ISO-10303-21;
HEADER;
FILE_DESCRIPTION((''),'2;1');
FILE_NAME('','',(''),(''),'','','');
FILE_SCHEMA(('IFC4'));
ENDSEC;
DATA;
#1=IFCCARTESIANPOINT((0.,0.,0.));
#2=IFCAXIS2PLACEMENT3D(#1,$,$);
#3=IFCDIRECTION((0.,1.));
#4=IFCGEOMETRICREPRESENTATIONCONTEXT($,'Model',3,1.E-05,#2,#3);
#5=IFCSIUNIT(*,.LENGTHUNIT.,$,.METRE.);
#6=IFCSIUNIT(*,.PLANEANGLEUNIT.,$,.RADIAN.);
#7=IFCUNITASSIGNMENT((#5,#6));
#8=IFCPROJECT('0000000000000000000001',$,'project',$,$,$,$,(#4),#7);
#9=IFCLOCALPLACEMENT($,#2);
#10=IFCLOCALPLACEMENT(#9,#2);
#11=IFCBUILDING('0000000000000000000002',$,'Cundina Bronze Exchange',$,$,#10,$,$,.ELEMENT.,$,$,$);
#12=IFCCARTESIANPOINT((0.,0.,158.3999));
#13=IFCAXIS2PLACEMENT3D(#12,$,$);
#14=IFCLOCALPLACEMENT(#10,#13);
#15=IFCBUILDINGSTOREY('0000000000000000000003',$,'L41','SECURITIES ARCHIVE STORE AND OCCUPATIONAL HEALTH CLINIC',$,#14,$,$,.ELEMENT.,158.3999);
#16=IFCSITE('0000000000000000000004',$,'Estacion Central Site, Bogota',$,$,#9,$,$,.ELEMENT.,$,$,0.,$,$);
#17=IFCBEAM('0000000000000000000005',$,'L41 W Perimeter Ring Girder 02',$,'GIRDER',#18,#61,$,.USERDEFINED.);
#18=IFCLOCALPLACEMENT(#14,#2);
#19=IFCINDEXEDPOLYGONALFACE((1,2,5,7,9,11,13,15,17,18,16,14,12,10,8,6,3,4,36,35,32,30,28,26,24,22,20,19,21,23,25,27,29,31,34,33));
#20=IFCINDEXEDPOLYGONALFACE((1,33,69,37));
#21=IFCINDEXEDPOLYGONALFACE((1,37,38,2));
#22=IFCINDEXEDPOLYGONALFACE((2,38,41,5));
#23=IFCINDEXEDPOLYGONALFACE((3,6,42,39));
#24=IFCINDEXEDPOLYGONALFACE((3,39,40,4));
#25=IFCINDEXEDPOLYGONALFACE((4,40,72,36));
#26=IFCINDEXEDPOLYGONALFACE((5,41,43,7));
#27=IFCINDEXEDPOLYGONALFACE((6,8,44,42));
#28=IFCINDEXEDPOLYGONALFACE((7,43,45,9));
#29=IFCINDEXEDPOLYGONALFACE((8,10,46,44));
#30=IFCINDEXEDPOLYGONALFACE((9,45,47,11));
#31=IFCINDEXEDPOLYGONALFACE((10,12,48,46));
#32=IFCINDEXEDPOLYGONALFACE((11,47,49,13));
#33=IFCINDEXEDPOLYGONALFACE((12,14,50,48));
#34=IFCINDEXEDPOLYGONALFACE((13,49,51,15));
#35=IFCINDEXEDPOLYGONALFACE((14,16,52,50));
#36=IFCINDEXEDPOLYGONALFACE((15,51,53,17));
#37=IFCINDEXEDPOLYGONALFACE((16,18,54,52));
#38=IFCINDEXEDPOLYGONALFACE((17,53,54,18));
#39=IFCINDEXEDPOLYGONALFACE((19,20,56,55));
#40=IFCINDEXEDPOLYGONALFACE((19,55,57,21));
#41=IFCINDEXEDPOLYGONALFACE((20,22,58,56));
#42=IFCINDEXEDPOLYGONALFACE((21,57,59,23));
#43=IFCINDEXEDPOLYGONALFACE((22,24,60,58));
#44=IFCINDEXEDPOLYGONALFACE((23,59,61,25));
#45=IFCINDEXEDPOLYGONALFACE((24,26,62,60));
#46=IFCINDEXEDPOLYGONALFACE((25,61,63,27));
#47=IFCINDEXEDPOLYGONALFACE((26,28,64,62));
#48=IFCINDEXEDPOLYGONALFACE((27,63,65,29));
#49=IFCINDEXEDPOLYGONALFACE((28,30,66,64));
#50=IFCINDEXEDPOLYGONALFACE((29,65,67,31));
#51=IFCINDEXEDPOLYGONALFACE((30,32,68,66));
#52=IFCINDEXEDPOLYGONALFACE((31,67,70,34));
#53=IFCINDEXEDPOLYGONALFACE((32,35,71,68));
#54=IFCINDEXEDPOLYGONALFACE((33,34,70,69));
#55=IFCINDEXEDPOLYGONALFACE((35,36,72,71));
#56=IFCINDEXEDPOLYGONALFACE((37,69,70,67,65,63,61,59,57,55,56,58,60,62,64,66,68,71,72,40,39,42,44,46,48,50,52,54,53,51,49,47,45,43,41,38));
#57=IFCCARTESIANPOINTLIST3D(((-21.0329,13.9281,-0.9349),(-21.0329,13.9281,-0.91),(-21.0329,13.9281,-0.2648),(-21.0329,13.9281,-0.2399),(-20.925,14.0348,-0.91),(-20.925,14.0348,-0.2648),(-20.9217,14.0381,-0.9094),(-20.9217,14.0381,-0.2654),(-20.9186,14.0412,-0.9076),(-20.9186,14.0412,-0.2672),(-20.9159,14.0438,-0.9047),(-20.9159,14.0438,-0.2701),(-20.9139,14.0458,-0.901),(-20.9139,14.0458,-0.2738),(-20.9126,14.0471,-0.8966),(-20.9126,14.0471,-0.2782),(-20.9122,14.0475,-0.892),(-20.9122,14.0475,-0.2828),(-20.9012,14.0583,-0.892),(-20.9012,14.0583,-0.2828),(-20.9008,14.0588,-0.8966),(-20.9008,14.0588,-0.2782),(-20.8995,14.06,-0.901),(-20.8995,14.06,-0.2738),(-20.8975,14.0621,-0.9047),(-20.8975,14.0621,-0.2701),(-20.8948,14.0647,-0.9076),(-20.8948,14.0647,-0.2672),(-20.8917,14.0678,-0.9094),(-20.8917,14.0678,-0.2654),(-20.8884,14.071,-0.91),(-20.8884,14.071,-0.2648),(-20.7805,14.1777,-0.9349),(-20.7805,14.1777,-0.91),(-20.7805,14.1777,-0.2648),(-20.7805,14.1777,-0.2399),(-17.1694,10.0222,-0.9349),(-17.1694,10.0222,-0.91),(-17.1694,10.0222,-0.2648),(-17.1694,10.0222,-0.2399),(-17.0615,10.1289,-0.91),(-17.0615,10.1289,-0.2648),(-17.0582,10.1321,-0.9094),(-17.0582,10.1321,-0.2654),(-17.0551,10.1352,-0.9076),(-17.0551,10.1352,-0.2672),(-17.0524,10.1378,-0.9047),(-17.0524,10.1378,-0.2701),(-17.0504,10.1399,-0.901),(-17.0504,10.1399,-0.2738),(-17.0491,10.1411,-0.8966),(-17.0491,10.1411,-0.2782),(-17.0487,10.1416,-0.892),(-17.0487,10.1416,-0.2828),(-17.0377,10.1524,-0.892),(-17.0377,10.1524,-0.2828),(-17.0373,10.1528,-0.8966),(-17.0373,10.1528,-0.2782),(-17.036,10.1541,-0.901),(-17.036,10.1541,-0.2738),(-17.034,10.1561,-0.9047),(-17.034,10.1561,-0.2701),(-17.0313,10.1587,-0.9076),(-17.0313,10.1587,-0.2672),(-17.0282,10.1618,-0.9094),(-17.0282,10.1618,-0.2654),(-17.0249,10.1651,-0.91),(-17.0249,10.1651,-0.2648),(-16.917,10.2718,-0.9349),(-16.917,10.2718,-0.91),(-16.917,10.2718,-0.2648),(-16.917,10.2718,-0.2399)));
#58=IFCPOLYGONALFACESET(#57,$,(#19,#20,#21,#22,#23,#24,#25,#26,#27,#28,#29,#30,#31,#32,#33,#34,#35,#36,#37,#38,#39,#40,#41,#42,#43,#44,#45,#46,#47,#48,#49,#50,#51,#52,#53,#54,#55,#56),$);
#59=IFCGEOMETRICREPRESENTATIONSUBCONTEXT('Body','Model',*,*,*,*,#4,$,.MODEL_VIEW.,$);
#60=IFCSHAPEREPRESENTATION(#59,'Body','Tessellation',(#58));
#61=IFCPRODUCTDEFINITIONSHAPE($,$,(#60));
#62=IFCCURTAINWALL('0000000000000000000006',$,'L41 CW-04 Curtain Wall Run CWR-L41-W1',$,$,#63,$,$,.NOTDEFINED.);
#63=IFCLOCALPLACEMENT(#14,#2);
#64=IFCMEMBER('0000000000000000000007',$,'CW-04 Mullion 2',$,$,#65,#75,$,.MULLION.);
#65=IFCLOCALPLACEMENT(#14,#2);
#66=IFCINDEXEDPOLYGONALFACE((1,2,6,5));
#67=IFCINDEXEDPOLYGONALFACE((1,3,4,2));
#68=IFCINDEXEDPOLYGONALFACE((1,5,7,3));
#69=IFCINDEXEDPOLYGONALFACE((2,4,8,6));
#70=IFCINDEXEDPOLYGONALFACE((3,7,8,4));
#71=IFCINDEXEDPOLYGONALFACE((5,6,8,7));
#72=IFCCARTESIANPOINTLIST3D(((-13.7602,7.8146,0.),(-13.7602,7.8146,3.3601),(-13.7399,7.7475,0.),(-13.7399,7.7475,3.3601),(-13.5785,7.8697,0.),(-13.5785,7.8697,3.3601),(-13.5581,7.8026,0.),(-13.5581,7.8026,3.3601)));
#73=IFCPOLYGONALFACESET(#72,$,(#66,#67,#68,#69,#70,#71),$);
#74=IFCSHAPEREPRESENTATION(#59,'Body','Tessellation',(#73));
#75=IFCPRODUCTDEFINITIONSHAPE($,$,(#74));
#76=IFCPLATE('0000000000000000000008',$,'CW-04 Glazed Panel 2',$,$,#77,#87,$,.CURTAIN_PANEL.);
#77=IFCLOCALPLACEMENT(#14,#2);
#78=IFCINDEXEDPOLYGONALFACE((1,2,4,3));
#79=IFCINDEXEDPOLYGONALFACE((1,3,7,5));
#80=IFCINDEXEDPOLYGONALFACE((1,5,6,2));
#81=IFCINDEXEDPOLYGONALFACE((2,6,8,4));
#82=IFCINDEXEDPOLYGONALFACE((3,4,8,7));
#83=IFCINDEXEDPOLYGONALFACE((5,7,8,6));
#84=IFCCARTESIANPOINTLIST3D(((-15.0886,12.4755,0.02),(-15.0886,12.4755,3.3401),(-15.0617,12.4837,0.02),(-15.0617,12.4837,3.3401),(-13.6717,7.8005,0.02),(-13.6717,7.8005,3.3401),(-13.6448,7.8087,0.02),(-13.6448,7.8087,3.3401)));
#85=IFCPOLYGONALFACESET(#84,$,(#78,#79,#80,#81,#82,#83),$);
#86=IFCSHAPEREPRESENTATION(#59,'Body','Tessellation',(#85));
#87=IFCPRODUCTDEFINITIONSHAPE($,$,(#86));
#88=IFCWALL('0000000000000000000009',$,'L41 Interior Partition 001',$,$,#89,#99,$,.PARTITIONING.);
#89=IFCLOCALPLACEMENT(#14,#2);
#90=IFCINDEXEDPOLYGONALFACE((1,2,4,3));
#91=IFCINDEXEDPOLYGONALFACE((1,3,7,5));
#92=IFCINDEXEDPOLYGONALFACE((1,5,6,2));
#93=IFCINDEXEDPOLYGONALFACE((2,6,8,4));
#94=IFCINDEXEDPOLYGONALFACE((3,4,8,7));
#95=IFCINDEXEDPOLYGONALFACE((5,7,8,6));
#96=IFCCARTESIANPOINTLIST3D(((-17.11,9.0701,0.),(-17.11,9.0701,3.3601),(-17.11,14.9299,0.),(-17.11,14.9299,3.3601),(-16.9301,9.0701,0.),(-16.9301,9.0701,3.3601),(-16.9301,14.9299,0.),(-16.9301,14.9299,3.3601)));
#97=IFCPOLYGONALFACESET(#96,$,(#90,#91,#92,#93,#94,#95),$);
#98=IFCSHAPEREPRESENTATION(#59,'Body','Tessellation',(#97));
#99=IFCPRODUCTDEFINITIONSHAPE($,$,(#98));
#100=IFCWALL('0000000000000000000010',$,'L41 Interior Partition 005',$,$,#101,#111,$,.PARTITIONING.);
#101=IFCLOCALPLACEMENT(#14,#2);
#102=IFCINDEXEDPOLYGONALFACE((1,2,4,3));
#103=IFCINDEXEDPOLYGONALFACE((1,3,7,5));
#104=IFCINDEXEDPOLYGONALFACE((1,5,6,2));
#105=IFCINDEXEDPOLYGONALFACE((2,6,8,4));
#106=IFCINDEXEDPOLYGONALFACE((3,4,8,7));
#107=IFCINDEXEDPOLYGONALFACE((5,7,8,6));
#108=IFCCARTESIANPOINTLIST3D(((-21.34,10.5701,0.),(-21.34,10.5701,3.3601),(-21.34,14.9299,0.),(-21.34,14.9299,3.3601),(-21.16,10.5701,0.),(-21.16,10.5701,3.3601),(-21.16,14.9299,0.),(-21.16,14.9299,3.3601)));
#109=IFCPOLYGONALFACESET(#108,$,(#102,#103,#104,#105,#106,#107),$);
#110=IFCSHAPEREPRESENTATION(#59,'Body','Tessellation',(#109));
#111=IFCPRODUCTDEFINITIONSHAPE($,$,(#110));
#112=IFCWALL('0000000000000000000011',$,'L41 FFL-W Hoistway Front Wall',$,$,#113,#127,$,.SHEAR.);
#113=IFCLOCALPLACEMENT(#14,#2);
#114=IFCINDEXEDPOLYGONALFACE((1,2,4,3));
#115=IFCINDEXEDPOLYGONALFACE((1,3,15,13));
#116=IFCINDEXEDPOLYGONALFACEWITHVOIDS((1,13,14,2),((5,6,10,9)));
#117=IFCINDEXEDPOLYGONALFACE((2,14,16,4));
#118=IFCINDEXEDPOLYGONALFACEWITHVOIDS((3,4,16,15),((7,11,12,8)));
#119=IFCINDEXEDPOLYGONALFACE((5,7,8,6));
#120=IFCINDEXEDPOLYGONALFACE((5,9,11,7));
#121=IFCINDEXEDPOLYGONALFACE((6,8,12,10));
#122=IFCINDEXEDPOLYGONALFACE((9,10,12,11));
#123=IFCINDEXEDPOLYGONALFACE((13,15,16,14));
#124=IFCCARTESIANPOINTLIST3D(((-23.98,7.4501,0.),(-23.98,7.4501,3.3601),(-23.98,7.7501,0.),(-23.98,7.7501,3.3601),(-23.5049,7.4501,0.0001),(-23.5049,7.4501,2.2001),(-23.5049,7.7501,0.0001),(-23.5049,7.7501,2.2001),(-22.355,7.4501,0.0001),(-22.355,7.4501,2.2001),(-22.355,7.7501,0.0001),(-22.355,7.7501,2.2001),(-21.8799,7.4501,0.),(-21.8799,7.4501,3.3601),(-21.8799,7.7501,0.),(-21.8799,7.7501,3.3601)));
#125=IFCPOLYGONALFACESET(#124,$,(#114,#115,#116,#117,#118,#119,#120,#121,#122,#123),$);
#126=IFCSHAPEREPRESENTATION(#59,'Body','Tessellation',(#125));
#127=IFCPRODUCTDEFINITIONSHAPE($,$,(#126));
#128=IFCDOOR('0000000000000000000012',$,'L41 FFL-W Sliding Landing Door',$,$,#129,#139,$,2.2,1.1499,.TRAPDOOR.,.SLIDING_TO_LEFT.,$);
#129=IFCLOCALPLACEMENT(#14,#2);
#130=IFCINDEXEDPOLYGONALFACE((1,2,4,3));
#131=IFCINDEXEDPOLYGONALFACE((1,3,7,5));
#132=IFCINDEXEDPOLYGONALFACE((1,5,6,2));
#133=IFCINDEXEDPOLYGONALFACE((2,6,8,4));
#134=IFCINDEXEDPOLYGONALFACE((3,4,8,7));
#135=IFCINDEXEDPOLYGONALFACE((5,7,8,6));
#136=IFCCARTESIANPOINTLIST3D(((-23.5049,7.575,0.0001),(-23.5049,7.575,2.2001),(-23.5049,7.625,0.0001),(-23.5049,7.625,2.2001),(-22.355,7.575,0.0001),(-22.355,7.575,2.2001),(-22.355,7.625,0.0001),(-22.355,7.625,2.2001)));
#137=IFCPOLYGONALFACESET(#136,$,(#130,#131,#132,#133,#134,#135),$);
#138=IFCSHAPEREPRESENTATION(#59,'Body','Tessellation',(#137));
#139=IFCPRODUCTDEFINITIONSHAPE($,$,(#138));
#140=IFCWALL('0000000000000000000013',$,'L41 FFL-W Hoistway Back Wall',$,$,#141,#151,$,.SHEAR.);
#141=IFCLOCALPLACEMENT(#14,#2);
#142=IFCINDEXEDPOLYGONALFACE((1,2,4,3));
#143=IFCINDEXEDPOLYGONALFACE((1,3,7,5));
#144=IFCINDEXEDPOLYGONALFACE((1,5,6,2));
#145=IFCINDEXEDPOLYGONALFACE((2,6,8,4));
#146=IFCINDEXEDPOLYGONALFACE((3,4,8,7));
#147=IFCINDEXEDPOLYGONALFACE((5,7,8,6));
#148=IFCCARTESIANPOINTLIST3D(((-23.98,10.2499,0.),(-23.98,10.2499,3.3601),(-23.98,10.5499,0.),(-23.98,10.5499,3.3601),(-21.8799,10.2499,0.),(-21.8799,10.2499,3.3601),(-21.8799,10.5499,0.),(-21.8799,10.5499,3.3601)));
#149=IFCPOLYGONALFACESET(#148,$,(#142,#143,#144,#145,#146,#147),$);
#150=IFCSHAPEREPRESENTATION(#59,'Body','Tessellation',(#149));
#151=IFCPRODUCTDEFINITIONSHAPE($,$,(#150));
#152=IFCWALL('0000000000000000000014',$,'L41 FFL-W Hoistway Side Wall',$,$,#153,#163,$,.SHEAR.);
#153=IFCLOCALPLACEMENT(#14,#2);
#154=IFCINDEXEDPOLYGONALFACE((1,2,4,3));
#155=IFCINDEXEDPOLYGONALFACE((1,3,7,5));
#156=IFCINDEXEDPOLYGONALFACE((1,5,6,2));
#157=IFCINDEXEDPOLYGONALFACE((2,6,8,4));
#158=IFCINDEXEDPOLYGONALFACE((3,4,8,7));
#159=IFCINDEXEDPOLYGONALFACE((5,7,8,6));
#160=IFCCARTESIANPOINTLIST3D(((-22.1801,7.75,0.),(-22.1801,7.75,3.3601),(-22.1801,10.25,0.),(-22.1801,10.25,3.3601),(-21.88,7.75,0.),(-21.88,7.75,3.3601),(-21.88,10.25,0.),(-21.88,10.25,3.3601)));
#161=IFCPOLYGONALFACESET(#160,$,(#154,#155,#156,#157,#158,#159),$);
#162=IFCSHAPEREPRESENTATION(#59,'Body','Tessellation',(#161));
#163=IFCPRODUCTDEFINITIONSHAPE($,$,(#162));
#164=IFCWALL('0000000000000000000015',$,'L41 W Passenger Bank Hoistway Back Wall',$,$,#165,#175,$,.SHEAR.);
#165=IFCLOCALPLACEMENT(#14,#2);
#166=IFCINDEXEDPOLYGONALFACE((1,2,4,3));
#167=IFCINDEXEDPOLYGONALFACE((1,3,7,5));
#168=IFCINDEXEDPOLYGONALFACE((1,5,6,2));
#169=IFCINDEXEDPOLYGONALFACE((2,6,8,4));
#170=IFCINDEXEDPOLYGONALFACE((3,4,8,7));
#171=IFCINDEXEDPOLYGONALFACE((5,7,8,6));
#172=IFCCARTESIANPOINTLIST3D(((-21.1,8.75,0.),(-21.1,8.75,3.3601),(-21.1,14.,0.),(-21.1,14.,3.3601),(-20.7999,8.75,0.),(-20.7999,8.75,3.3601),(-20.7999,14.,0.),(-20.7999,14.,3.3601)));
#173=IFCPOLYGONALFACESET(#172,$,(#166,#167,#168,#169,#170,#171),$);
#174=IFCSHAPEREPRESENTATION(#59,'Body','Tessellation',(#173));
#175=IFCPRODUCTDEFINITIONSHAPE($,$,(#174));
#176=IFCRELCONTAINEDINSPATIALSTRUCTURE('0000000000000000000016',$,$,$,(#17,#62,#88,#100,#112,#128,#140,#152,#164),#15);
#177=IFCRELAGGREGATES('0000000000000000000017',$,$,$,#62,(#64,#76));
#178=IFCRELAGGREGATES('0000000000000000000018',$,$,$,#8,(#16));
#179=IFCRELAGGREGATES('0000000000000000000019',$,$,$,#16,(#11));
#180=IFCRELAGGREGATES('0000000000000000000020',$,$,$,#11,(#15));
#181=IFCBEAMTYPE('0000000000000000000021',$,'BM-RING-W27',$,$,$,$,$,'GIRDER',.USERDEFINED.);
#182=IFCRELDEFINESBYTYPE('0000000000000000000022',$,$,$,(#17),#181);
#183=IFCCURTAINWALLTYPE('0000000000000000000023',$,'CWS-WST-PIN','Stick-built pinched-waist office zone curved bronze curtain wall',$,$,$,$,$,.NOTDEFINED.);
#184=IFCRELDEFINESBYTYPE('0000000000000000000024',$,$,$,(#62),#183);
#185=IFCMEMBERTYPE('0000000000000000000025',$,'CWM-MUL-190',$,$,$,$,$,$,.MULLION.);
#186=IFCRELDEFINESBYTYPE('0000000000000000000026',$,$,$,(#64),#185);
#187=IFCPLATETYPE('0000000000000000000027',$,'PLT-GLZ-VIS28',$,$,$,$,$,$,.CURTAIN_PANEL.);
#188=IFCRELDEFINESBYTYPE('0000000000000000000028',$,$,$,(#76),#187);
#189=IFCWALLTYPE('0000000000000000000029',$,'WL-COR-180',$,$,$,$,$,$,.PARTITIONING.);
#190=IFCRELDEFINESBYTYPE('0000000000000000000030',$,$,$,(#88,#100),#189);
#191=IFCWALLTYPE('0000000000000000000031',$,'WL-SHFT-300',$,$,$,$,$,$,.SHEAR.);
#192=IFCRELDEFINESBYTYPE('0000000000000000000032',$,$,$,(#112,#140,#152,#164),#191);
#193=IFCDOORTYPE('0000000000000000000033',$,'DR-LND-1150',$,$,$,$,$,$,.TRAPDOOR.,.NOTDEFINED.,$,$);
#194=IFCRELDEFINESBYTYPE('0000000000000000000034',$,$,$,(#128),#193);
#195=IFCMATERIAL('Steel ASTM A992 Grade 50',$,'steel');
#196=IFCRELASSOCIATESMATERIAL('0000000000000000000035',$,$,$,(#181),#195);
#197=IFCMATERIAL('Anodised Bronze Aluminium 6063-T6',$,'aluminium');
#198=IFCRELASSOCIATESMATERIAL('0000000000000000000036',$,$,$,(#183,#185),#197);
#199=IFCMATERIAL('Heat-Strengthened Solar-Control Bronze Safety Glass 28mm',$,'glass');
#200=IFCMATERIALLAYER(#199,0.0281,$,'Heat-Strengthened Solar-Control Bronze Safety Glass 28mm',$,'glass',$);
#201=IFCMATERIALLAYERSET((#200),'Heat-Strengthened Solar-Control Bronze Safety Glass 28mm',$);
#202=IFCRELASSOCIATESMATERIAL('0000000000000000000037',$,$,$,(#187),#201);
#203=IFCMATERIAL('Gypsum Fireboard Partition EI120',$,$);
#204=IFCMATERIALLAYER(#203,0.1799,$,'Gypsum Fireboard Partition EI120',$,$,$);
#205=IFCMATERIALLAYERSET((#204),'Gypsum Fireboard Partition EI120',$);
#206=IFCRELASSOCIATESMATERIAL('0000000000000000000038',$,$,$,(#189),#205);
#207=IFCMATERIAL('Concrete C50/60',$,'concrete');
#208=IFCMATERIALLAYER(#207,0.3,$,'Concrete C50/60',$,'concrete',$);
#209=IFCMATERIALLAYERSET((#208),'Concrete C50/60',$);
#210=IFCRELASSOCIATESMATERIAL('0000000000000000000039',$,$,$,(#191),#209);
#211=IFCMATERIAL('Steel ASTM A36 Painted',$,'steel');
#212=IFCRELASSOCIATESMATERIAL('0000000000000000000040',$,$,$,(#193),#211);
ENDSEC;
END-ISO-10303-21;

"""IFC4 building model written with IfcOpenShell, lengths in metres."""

from ifc_helpers import new_model, si_unit, direction, frame, frame_2d, origin, origin_2d, place, context, subcontext, project, spatial, rectangle, i_section, extrude, material, layer, layer_set, material_profile, profile_set, type_object, element, fill, aggregate, save


model = new_model("IFC4")

# Units and contexts
model_context = context("Model", 3, precision=1e-05, world=origin(), true_north=direction((0.0, 1.0)))
body_context = subcontext(model_context, "Body", "Model", "MODEL_VIEW")
ifc_project = project(units=[si_unit("LENGTHUNIT", "METRE"), si_unit("PLANEANGLEUNIT", "RADIAN")], contexts=[model_context])

# Site, building, storey
site_placement = place(None, origin())
site = spatial("IfcSite", under=ifc_project, at=site_placement, Name="Estacion Central Site, Bogota", CompositionType="ELEMENT", RefElevation=0.0)
building_placement = place(site_placement, origin())
building = spatial("IfcBuilding", under=site, at=building_placement, Name="Cundina Bronze Exchange", CompositionType="ELEMENT")
storey_placement = place(building_placement, frame((0.0, 0.0, 158.3999)))
storey = spatial("IfcBuildingStorey", under=building, at=storey_placement, Name="L41", Description="SECURITIES ARCHIVE STORE AND OCCUPATIONAL HEALTH CLINIC", CompositionType="ELEMENT", Elevation=158.3999)

# Shared definitions
ifc_material_1 = material(Name="Concrete C50/60", Category="concrete")

# Beam
ifc_material_2 = material(Name="Steel ASTM A992 Grade 50", Category="steel")
ifc_material_profile_1 = material_profile(ifc_material_2, i_section(OverallWidth=0.355, OverallDepth=0.6951, WebThickness=0.0154, FlangeThickness=0.0249, FilletRadius=0.0181, at=origin_2d()), Name="W27X146", Category="steel")
ifc_profile_set_1 = profile_set([ifc_material_profile_1], Name="Steel ASTM A992 Grade 50")
beam_type_1 = type_object("IfcBeamType", Name="BM-RING-W27", ElementType="GIRDER", PredefinedType="USERDEFINED", material=ifc_profile_set_1)
beam_1_placement = place(storey_placement, frame((-17.0432, 10.147, -0.5874), z_axis=(-0.70323, 0.710962, 0.0), x_axis=(-0.710962, -0.70323, 0.0)))
element("IfcBeam", 1, at=beam_1_placement, inside=storey, type_object=beam_type_1, Name="L41 W Perimeter Ring Girder 02", ObjectType="GIRDER", PredefinedType="USERDEFINED", context=body_context, shape_type="SweptSolid", body=[
    extrude(i_section(OverallWidth=0.355, OverallDepth=0.6951, WebThickness=0.0154, FlangeThickness=0.0249, FilletRadius=0.0181, at=origin_2d()), origin(), (0.0, 0.0, 1.0), 5.4939),
])

# Curtain wall, member, plate
ifc_material_3 = material(Name="Anodised Bronze Aluminium 6063-T6", Category="aluminium")
curtain_wall_type = type_object("IfcCurtainWallType", Name="CWS-WST-PIN", Description="Stick-built pinched-waist office zone curved bronze curtain wall", PredefinedType="NOTDEFINED", material=ifc_material_3)
curtain_wall_placement = place(storey_placement, origin())
curtain_wall = element("IfcCurtainWall", 2, at=curtain_wall_placement, inside=storey, type_object=curtain_wall_type, Name="L41 CW-04 Curtain Wall Run CWR-L41-W1", PredefinedType="NOTDEFINED")
ifc_material_profile_2 = material_profile(ifc_material_3, rectangle(XDim=0.0701, YDim=0.1899, at=origin_2d()), Name="AL70X190", Category="aluminium")
ifc_profile_set_2 = profile_set([ifc_material_profile_2], Name="Anodised Bronze Aluminium 6063-T6")
member_type = type_object("IfcMemberType", Name="CWM-MUL-190", PredefinedType="MULLION", material=ifc_profile_set_2)
member_placement = place(storey_placement, frame((-13.6592, 7.8086, 0.0), z_axis=(0.0, 0.0, 1.0), x_axis=(-0.290034, 0.957016, 0.0)))
member = element("IfcMember", 3, at=member_placement, type_object=member_type, Name="CW-04 Mullion 2", PredefinedType="MULLION", context=body_context, shape_type="SweptSolid", body=[
    extrude(rectangle(XDim=0.0701, YDim=0.1899, at=origin_2d()), origin(), (0.0, 0.0, 1.0), 3.3601),
])
ifc_material_4 = material(Name="Heat-Strengthened Solar-Control Bronze Safety Glass 28mm", Category="glass")
ifc_layer_1 = layer(ifc_material_4, 0.0281, Name="Heat-Strengthened Solar-Control Bronze Safety Glass 28mm", Category="glass")
ifc_layer_set_1 = layer_set([ifc_layer_1], Name="Heat-Strengthened Solar-Control Bronze Safety Glass 28mm")
plate_type = type_object("IfcPlateType", Name="PLT-GLZ-VIS28", PredefinedType="CURTAIN_PANEL", material=ifc_layer_set_1)
plate_placement = place(storey_placement, frame((-14.3667, 10.1421, 0.02), z_axis=(0.0, 0.0, 1.0), x_axis=(-0.290051, 0.957011, 0.0)))
plate = element("IfcPlate", 4, at=plate_placement, type_object=plate_type, Name="CW-04 Glazed Panel 2", PredefinedType="CURTAIN_PANEL", context=body_context, shape_type="SweptSolid", body=[
    extrude(rectangle(XDim=4.885, YDim=0.0281, at=origin_2d()), origin(), (0.0, 0.0, 1.0), 3.3201),
])
aggregate(curtain_wall, [member, plate])

# Walls
ifc_material_5 = material(Name="Gypsum Fireboard Partition EI120")
ifc_layer_2 = layer(ifc_material_5, 0.1799, Name="Gypsum Fireboard Partition EI120")
ifc_layer_set_2 = layer_set([ifc_layer_2], Name="Gypsum Fireboard Partition EI120")
wall_type_1 = type_object("IfcWallType", Name="WL-COR-180", PredefinedType="PARTITIONING", material=ifc_layer_set_2)
wall_1_placement = place(storey_placement, frame((-17.02, 9.0701, 0.0), z_axis=(0.0, 0.0, 1.0), x_axis=(0.0, 1.0, 0.0)))
element("IfcWall", 5, at=wall_1_placement, inside=storey, type_object=wall_type_1, Name="L41 Interior Partition 001", PredefinedType="PARTITIONING", context=body_context, shape_type="SweptSolid", body=[
    extrude(rectangle(XDim=5.8599, YDim=0.1799, at=frame_2d((2.9299, 0.0))), origin(), (0.0, 0.0, 1.0), 3.3601),
])
wall_2_placement = place(storey_placement, frame((-21.25, 10.5701, 0.0), z_axis=(0.0, 0.0, 1.0), x_axis=(0.0, 1.0, 0.0)))
element("IfcWall", 6, at=wall_2_placement, inside=storey, type_object=wall_type_1, Name="L41 Interior Partition 005", PredefinedType="PARTITIONING", context=body_context, shape_type="SweptSolid", body=[
    extrude(rectangle(XDim=4.3599, YDim=0.1799, at=frame_2d((2.1799, 0.0))), origin(), (0.0, 0.0, 1.0), 3.3601),
])

# Wall, opening, door
ifc_layer_3 = layer(ifc_material_1, 0.3, Name="Concrete C50/60", Category="concrete")
ifc_layer_set_3 = layer_set([ifc_layer_3], Name="Concrete C50/60")
wall_type_2 = type_object("IfcWallType", Name="WL-SHFT-300", PredefinedType="SHEAR", material=ifc_layer_set_3)
ifc_material_6 = material(Name="Steel ASTM A36 Painted", Category="steel")
wall_3_placement = place(storey_placement, frame((-23.98, 7.6001, 0.0), z_axis=(0.0, 0.0, 1.0), x_axis=(1.0, 0.0, 0.0)))
wall_3 = element("IfcWall", 7, at=wall_3_placement, inside=storey, type_object=wall_type_2, Name="L41 FFL-W Hoistway Front Wall", PredefinedType="SHEAR", context=body_context, shape_type="SweptSolid", body=[
    extrude(rectangle(XDim=2.1001, YDim=0.3, at=frame_2d((1.05, 0.0))), origin(), (0.0, 0.0, 1.0), 3.3601),
])
opening_1_placement = place(wall_3_placement, frame((0.4751, 0.0, 0.0)))
opening_1 = element("IfcOpeningElement", 8, at=opening_1_placement, cuts=wall_3, PredefinedType="OPENING", context=body_context, shape_type="SweptSolid", body=[
    extrude(rectangle(XDim=1.1499, YDim=2.2, at=frame_2d((0.575, 1.1001))), frame((0.0, 0.1599, 0.0), z_axis=(0.0, -1.0, 0.0), x_axis=(1.0, 0.0, 0.0)), (0.0, 0.0, 1.0), 0.3201),
])
door_type_1 = type_object("IfcDoorType", Name="DR-LND-1150", OperationType="NOTDEFINED", PredefinedType="TRAPDOOR", material=ifc_material_6)
door_1_placement = place(opening_1_placement, origin())
door_1 = element("IfcDoor", 9, at=door_1_placement, inside=storey, type_object=door_type_1, Name="L41 FFL-W Sliding Landing Door", OperationType="SLIDING_TO_LEFT", OverallHeight=2.2, OverallWidth=1.1499, PredefinedType="TRAPDOOR", context=body_context, shape_type="SweptSolid", body=[
    extrude(rectangle(XDim=1.1499, YDim=2.2, at=frame_2d((0.575, 1.1001))), frame((0.0, 0.0249, 0.0), z_axis=(0.0, -1.0, 0.0), x_axis=(1.0, 0.0, 0.0)), (0.0, 0.0, 1.0), 0.05),
])
fill(opening_1, door_1)

# Walls
wall_4_placement = place(storey_placement, frame((-23.98, 10.3999, 0.0), z_axis=(0.0, 0.0, 1.0), x_axis=(1.0, 0.0, 0.0)))
element("IfcWall", 10, at=wall_4_placement, inside=storey, type_object=wall_type_2, Name="L41 FFL-W Hoistway Back Wall", PredefinedType="SHEAR", context=body_context, shape_type="SweptSolid", body=[
    extrude(rectangle(XDim=2.1001, YDim=0.3, at=frame_2d((1.05, 0.0))), origin(), (0.0, 0.0, 1.0), 3.3601),
])
wall_5_placement = place(storey_placement, frame((-22.03, 7.75, 0.0), z_axis=(0.0, 0.0, 1.0), x_axis=(0.0, 1.0, 0.0)))
element("IfcWall", 11, at=wall_5_placement, inside=storey, type_object=wall_type_2, Name="L41 FFL-W Hoistway Side Wall", PredefinedType="SHEAR", context=body_context, shape_type="SweptSolid", body=[
    extrude(rectangle(XDim=2.5, YDim=0.3, at=frame_2d((1.25, 0.0))), origin(), (0.0, 0.0, 1.0), 3.3601),
])
wall_6_placement = place(storey_placement, frame((-20.95, 8.75, 0.0), z_axis=(0.0, 0.0, 1.0), x_axis=(0.0, 1.0, 0.0)))
element("IfcWall", 12, at=wall_6_placement, inside=storey, type_object=wall_type_2, Name="L41 W Passenger Bank Hoistway Back Wall", PredefinedType="SHEAR", context=body_context, shape_type="SweptSolid", body=[
    extrude(rectangle(XDim=5.25, YDim=0.3, at=frame_2d((2.625, 0.0))), origin(), (0.0, 0.0, 1.0), 3.3601),
])

save(model, "model.ifc")
